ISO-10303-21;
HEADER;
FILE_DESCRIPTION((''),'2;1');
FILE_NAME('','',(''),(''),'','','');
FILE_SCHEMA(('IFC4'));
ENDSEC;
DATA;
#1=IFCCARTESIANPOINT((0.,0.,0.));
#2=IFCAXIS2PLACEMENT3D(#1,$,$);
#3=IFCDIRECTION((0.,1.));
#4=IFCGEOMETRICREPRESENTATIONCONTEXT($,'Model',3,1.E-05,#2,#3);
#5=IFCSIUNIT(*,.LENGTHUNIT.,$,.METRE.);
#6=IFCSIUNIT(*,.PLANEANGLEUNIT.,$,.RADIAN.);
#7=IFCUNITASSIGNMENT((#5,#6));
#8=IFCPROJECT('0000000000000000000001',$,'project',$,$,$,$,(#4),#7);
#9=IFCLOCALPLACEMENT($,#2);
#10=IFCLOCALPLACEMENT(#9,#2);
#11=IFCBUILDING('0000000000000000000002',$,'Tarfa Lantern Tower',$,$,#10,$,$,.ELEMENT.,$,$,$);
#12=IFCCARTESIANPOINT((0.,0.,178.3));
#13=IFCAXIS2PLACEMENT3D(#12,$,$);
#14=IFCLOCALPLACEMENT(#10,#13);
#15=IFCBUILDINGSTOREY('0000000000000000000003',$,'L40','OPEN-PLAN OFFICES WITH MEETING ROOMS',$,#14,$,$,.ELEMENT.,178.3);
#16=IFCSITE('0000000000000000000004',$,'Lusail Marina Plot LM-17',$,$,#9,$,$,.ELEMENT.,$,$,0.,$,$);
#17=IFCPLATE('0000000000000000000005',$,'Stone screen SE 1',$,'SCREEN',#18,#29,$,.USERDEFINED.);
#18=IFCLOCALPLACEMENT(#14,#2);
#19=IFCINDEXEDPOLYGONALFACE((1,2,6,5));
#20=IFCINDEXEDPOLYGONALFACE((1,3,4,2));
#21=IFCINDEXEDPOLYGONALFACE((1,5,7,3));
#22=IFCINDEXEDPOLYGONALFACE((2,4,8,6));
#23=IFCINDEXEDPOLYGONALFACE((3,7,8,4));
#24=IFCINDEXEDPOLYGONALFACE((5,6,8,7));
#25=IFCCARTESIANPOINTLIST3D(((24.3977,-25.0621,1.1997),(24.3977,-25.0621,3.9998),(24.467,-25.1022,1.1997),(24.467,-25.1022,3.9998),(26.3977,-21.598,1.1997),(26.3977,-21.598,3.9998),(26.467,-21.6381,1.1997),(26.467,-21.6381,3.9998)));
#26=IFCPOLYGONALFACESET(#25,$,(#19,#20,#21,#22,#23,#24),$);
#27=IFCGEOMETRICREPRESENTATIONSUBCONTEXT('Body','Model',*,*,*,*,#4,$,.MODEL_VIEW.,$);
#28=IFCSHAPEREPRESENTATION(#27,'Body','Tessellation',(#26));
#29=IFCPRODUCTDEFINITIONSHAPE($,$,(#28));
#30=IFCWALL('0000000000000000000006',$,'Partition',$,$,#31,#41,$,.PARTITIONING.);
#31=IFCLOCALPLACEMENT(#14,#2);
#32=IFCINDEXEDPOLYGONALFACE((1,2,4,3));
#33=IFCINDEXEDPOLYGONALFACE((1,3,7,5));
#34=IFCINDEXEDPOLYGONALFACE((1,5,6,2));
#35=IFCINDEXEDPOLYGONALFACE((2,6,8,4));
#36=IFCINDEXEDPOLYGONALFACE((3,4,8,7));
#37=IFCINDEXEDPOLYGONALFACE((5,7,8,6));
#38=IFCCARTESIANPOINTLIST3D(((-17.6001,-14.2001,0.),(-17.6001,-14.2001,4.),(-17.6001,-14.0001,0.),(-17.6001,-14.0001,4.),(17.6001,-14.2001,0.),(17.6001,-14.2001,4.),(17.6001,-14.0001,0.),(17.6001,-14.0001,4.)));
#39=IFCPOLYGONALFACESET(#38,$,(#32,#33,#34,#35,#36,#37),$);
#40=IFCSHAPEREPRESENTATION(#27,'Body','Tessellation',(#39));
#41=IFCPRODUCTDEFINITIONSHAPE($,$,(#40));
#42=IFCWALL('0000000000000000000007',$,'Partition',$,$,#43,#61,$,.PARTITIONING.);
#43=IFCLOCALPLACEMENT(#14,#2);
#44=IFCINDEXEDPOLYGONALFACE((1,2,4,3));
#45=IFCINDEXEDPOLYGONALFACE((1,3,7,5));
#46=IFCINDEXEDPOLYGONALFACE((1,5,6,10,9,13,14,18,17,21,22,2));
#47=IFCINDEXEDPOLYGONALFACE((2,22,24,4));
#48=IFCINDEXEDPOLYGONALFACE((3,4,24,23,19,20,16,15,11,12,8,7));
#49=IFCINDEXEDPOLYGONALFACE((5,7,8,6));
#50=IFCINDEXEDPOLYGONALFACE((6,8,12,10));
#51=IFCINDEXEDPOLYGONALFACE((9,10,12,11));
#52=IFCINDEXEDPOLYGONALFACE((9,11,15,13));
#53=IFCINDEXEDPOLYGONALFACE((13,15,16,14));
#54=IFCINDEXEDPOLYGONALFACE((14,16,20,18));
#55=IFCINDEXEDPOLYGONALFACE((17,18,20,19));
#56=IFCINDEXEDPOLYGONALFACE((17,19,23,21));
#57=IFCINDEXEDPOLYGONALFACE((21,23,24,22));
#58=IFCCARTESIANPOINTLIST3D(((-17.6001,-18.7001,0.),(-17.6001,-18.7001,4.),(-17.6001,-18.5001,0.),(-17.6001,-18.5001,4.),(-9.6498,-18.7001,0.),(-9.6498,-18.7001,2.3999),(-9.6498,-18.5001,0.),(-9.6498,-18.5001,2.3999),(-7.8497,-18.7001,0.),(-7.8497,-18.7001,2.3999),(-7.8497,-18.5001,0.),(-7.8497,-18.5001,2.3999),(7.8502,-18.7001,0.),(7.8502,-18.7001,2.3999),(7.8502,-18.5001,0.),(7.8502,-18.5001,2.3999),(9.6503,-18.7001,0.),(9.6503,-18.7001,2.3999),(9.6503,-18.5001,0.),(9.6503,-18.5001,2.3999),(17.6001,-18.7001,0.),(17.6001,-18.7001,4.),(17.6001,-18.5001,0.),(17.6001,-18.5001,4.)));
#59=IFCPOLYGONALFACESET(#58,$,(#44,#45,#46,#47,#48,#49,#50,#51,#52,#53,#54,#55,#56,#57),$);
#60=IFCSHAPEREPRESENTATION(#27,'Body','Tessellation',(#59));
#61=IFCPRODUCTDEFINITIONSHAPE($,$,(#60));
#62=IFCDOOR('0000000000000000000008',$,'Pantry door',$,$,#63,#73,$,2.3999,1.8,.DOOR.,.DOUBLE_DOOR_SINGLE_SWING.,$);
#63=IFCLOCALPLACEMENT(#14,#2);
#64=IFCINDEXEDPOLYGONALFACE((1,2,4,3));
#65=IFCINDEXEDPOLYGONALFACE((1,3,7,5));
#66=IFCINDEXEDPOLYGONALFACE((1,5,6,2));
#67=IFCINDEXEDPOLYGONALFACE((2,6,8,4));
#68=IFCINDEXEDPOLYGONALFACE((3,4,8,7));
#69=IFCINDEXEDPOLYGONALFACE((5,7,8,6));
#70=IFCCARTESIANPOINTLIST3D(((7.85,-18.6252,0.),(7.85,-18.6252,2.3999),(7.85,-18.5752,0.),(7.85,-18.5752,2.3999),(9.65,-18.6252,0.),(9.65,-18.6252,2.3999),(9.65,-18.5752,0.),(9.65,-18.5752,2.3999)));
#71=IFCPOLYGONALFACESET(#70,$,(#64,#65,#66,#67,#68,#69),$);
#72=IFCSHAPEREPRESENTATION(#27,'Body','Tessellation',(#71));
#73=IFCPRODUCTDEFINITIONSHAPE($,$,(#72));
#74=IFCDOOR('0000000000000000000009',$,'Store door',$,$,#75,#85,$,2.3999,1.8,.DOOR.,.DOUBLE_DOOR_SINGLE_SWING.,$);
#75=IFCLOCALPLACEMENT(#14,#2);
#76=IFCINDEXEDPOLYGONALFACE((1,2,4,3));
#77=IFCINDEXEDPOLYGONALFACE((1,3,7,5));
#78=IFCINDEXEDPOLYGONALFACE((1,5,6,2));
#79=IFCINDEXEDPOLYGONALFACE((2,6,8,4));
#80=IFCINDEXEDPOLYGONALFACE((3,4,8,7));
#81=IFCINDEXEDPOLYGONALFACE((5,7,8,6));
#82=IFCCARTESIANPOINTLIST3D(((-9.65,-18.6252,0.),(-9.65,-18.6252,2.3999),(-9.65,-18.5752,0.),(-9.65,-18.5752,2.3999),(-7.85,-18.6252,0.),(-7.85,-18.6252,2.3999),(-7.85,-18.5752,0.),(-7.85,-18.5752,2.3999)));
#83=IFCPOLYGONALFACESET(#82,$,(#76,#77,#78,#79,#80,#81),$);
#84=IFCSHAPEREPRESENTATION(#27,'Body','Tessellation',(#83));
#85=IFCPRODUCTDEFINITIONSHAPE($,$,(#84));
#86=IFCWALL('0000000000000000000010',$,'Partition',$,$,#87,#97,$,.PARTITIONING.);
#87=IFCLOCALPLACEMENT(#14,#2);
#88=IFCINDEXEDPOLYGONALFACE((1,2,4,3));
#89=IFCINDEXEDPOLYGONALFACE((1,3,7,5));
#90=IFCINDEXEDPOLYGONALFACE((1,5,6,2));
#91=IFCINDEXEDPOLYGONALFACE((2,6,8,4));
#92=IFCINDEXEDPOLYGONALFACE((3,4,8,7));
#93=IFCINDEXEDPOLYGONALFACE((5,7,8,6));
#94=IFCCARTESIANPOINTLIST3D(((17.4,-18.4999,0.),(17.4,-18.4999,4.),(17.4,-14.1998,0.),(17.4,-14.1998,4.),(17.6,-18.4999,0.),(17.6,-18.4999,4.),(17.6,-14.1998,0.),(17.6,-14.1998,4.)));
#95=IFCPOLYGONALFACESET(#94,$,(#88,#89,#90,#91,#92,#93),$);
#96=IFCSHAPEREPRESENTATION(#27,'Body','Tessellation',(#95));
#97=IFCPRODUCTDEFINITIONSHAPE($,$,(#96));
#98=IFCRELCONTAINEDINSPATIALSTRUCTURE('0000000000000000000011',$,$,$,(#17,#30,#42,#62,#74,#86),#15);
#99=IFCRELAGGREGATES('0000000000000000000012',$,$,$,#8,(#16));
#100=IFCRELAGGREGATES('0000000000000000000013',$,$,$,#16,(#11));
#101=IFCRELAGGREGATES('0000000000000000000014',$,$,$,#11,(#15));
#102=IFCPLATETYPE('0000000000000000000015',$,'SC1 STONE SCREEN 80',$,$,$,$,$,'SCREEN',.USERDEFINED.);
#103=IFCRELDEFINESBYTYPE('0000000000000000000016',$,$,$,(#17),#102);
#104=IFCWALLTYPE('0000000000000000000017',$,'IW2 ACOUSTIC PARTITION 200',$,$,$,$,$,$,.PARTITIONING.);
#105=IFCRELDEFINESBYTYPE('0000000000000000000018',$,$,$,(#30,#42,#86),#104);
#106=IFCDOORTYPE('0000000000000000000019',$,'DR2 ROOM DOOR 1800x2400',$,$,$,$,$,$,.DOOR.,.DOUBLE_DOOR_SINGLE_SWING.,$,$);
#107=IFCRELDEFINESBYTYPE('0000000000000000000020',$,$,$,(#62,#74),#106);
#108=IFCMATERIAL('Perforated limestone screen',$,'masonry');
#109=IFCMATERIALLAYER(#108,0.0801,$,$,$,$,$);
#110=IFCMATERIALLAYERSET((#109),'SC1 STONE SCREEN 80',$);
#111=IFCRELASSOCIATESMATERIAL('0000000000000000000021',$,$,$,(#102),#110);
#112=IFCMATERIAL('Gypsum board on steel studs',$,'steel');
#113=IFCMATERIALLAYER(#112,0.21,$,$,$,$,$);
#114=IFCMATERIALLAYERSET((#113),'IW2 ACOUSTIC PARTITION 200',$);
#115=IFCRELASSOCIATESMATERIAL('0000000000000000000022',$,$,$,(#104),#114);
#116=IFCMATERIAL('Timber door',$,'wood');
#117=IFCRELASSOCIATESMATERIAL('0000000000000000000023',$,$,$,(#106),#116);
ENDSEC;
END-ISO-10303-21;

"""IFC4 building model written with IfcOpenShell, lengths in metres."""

from ifc_helpers import new_model, si_unit, direction, frame, frame_2d, origin, origin_2d, place, context, subcontext, project, spatial, rectangle, extrude, material, layer, layer_set, type_object, element, fill, save


model = new_model("IFC4")

# Units and contexts
model_context = context("Model", 3, precision=1e-05, world=origin(), true_north=direction((0.0, 1.0)))
body_context = subcontext(model_context, "Body", "Model", "MODEL_VIEW")
ifc_project = project(units=[si_unit("LENGTHUNIT", "METRE"), si_unit("PLANEANGLEUNIT", "RADIAN")], contexts=[model_context])

# Site, building, storey
site_placement = place(None, origin())
site = spatial("IfcSite", under=ifc_project, at=site_placement, Name="Lusail Marina Plot LM-17", CompositionType="ELEMENT", RefElevation=0.0)
building_placement = place(site_placement, origin())
building = spatial("IfcBuilding", under=site, at=building_placement, Name="Tarfa Lantern Tower", CompositionType="ELEMENT")
storey_placement = place(building_placement, frame((0.0, 0.0, 178.3)))
storey = spatial("IfcBuildingStorey", under=building, at=storey_placement, Name="L40", Description="OPEN-PLAN OFFICES WITH MEETING ROOMS", CompositionType="ELEMENT", Elevation=178.3)

# Plate
ifc_material_1 = material(Name="Perforated limestone screen", Category="masonry")
ifc_layer_1 = layer(ifc_material_1, 0.0801)
ifc_layer_set_1 = layer_set([ifc_layer_1], Name="SC1 STONE SCREEN 80")
plate_type = type_object("IfcPlateType", Name="SC1 STONE SCREEN 80", ElementType="SCREEN", PredefinedType="USERDEFINED", material=ifc_layer_set_1)
plate_placement = place(storey_placement, frame((25.4324, -23.3501, 1.1997), z_axis=(0.0, 0.0, 1.0), x_axis=(0.5, 0.866025, 0.0)))
element("IfcPlate", 1, at=plate_placement, inside=storey, type_object=plate_type, Name="Stone screen SE 1", ObjectType="SCREEN", PredefinedType="USERDEFINED", context=body_context, shape_type="SweptSolid", body=[
    extrude(rectangle(XDim=4.0, YDim=0.0801, at=origin_2d()), origin(), (0.0, 0.0, 1.0), 2.8),
])

# Wall
ifc_material_2 = material(Name="Gypsum board on steel studs", Category="steel")
ifc_layer_2 = layer(ifc_material_2, 0.21)
ifc_layer_set_2 = layer_set([ifc_layer_2], Name="IW2 ACOUSTIC PARTITION 200")
wall_type_1 = type_object("IfcWallType", Name="IW2 ACOUSTIC PARTITION 200", PredefinedType="PARTITIONING", material=ifc_layer_set_2)
wall_1_placement = place(storey_placement, frame((17.6001, -14.1001, 0.0), z_axis=(0.0, 0.0, 1.0), x_axis=(-1.0, 0.0, 0.0)))
element("IfcWall", 2, at=wall_1_placement, inside=storey, type_object=wall_type_1, Name="Partition", PredefinedType="PARTITIONING", context=body_context, shape_type="SweptSolid", body=[
    extrude(rectangle(XDim=35.2002, YDim=0.2, at=frame_2d((17.6001, 0.0))), origin(), (0.0, 0.0, 1.0), 4.0),
])

# Wall, openings, doors
wall_2_placement = place(storey_placement, frame((17.6001, -18.6001, 0.0), z_axis=(0.0, 0.0, 1.0), x_axis=(-1.0, 0.0, 0.0)))
wall_2 = element("IfcWall", 3, at=wall_2_placement, inside=storey, type_object=wall_type_1, Name="Partition", PredefinedType="PARTITIONING", context=body_context, shape_type="SweptSolid", body=[
    extrude(rectangle(XDim=35.2002, YDim=0.2, at=frame_2d((17.6001, 0.0))), origin(), (0.0, 0.0, 1.0), 4.0),
])
opening_1_placement = place(wall_2_placement, frame((7.95, 0.0, 0.0)))
opening_1 = element("IfcOpeningElement", 4, at=opening_1_placement, cuts=wall_2, PredefinedType="OPENING", context=body_context, shape_type="SweptSolid", body=[
    extrude(rectangle(XDim=1.8, YDim=2.3999, at=frame_2d((0.8999, 1.2))), frame((0.0, 0.1099, 0.0), z_axis=(0.0, -1.0, 0.0), x_axis=(1.0, 0.0, 0.0)), (0.0, 0.0, 1.0), 0.22),
])
opening_2_placement = place(wall_2_placement, frame((25.45, 0.0, 0.0)))
opening_2 = element("IfcOpeningElement", 5, at=opening_2_placement, cuts=wall_2, PredefinedType="OPENING", context=body_context, shape_type="SweptSolid", body=[
    extrude(rectangle(XDim=1.8, YDim=2.3999, at=frame_2d((0.8999, 1.2))), frame((0.0, 0.1099, 0.0), z_axis=(0.0, -1.0, 0.0), x_axis=(1.0, 0.0, 0.0)), (0.0, 0.0, 1.0), 0.22),
])
ifc_material_3 = material(Name="Timber door", Category="wood")
door_type_1 = type_object("IfcDoorType", Name="DR2 ROOM DOOR 1800x2400", OperationType="DOUBLE_DOOR_SINGLE_SWING", PredefinedType="DOOR", material=ifc_material_3)
door_1_placement = place(opening_1_placement, frame((1.8, 0.0, 0.0), z_axis=(0.0, 0.0, 1.0), x_axis=(-1.0, 0.0, 0.0)))
door_1 = element("IfcDoor", 6, at=door_1_placement, inside=storey, type_object=door_type_1, Name="Pantry door", OperationType="DOUBLE_DOOR_SINGLE_SWING", OverallHeight=2.3999, OverallWidth=1.8, PredefinedType="DOOR", context=body_context, shape_type="SweptSolid", body=[
    extrude(rectangle(XDim=1.8, YDim=2.3999, at=frame_2d((0.8999, 1.2))), frame((0.0, 0.0249, 0.0), z_axis=(0.0, -1.0, 0.0), x_axis=(1.0, 0.0, 0.0)), (0.0, 0.0, 1.0), 0.05),
])
fill(opening_1, door_1)
door_2_placement = place(opening_2_placement, frame((1.8, 0.0, 0.0), z_axis=(0.0, 0.0, 1.0), x_axis=(-1.0, 0.0, 0.0)))
door_2 = element("IfcDoor", 7, at=door_2_placement, inside=storey, type_object=door_type_1, Name="Store door", OperationType="DOUBLE_DOOR_SINGLE_SWING", OverallHeight=2.3999, OverallWidth=1.8, PredefinedType="DOOR", context=body_context, shape_type="SweptSolid", body=[
    extrude(rectangle(XDim=1.8, YDim=2.3999, at=frame_2d((0.8999, 1.2))), frame((0.0, 0.0249, 0.0), z_axis=(0.0, -1.0, 0.0), x_axis=(1.0, 0.0, 0.0)), (0.0, 0.0, 1.0), 0.05),
])
fill(opening_2, door_2)

# Wall
wall_3_placement = place(storey_placement, frame((17.5, -14.2, 0.0), z_axis=(0.0, 0.0, 1.0), x_axis=(0.0, -1.0, 0.0)))
element("IfcWall", 8, at=wall_3_placement, inside=storey, type_object=wall_type_1, Name="Partition", PredefinedType="PARTITIONING", context=body_context, shape_type="SweptSolid", body=[
    extrude(rectangle(XDim=4.3, YDim=0.2, at=frame_2d((2.1499, 0.0))), origin(), (0.0, 0.0, 1.0), 4.0),
])

save(model, "model.ifc")
